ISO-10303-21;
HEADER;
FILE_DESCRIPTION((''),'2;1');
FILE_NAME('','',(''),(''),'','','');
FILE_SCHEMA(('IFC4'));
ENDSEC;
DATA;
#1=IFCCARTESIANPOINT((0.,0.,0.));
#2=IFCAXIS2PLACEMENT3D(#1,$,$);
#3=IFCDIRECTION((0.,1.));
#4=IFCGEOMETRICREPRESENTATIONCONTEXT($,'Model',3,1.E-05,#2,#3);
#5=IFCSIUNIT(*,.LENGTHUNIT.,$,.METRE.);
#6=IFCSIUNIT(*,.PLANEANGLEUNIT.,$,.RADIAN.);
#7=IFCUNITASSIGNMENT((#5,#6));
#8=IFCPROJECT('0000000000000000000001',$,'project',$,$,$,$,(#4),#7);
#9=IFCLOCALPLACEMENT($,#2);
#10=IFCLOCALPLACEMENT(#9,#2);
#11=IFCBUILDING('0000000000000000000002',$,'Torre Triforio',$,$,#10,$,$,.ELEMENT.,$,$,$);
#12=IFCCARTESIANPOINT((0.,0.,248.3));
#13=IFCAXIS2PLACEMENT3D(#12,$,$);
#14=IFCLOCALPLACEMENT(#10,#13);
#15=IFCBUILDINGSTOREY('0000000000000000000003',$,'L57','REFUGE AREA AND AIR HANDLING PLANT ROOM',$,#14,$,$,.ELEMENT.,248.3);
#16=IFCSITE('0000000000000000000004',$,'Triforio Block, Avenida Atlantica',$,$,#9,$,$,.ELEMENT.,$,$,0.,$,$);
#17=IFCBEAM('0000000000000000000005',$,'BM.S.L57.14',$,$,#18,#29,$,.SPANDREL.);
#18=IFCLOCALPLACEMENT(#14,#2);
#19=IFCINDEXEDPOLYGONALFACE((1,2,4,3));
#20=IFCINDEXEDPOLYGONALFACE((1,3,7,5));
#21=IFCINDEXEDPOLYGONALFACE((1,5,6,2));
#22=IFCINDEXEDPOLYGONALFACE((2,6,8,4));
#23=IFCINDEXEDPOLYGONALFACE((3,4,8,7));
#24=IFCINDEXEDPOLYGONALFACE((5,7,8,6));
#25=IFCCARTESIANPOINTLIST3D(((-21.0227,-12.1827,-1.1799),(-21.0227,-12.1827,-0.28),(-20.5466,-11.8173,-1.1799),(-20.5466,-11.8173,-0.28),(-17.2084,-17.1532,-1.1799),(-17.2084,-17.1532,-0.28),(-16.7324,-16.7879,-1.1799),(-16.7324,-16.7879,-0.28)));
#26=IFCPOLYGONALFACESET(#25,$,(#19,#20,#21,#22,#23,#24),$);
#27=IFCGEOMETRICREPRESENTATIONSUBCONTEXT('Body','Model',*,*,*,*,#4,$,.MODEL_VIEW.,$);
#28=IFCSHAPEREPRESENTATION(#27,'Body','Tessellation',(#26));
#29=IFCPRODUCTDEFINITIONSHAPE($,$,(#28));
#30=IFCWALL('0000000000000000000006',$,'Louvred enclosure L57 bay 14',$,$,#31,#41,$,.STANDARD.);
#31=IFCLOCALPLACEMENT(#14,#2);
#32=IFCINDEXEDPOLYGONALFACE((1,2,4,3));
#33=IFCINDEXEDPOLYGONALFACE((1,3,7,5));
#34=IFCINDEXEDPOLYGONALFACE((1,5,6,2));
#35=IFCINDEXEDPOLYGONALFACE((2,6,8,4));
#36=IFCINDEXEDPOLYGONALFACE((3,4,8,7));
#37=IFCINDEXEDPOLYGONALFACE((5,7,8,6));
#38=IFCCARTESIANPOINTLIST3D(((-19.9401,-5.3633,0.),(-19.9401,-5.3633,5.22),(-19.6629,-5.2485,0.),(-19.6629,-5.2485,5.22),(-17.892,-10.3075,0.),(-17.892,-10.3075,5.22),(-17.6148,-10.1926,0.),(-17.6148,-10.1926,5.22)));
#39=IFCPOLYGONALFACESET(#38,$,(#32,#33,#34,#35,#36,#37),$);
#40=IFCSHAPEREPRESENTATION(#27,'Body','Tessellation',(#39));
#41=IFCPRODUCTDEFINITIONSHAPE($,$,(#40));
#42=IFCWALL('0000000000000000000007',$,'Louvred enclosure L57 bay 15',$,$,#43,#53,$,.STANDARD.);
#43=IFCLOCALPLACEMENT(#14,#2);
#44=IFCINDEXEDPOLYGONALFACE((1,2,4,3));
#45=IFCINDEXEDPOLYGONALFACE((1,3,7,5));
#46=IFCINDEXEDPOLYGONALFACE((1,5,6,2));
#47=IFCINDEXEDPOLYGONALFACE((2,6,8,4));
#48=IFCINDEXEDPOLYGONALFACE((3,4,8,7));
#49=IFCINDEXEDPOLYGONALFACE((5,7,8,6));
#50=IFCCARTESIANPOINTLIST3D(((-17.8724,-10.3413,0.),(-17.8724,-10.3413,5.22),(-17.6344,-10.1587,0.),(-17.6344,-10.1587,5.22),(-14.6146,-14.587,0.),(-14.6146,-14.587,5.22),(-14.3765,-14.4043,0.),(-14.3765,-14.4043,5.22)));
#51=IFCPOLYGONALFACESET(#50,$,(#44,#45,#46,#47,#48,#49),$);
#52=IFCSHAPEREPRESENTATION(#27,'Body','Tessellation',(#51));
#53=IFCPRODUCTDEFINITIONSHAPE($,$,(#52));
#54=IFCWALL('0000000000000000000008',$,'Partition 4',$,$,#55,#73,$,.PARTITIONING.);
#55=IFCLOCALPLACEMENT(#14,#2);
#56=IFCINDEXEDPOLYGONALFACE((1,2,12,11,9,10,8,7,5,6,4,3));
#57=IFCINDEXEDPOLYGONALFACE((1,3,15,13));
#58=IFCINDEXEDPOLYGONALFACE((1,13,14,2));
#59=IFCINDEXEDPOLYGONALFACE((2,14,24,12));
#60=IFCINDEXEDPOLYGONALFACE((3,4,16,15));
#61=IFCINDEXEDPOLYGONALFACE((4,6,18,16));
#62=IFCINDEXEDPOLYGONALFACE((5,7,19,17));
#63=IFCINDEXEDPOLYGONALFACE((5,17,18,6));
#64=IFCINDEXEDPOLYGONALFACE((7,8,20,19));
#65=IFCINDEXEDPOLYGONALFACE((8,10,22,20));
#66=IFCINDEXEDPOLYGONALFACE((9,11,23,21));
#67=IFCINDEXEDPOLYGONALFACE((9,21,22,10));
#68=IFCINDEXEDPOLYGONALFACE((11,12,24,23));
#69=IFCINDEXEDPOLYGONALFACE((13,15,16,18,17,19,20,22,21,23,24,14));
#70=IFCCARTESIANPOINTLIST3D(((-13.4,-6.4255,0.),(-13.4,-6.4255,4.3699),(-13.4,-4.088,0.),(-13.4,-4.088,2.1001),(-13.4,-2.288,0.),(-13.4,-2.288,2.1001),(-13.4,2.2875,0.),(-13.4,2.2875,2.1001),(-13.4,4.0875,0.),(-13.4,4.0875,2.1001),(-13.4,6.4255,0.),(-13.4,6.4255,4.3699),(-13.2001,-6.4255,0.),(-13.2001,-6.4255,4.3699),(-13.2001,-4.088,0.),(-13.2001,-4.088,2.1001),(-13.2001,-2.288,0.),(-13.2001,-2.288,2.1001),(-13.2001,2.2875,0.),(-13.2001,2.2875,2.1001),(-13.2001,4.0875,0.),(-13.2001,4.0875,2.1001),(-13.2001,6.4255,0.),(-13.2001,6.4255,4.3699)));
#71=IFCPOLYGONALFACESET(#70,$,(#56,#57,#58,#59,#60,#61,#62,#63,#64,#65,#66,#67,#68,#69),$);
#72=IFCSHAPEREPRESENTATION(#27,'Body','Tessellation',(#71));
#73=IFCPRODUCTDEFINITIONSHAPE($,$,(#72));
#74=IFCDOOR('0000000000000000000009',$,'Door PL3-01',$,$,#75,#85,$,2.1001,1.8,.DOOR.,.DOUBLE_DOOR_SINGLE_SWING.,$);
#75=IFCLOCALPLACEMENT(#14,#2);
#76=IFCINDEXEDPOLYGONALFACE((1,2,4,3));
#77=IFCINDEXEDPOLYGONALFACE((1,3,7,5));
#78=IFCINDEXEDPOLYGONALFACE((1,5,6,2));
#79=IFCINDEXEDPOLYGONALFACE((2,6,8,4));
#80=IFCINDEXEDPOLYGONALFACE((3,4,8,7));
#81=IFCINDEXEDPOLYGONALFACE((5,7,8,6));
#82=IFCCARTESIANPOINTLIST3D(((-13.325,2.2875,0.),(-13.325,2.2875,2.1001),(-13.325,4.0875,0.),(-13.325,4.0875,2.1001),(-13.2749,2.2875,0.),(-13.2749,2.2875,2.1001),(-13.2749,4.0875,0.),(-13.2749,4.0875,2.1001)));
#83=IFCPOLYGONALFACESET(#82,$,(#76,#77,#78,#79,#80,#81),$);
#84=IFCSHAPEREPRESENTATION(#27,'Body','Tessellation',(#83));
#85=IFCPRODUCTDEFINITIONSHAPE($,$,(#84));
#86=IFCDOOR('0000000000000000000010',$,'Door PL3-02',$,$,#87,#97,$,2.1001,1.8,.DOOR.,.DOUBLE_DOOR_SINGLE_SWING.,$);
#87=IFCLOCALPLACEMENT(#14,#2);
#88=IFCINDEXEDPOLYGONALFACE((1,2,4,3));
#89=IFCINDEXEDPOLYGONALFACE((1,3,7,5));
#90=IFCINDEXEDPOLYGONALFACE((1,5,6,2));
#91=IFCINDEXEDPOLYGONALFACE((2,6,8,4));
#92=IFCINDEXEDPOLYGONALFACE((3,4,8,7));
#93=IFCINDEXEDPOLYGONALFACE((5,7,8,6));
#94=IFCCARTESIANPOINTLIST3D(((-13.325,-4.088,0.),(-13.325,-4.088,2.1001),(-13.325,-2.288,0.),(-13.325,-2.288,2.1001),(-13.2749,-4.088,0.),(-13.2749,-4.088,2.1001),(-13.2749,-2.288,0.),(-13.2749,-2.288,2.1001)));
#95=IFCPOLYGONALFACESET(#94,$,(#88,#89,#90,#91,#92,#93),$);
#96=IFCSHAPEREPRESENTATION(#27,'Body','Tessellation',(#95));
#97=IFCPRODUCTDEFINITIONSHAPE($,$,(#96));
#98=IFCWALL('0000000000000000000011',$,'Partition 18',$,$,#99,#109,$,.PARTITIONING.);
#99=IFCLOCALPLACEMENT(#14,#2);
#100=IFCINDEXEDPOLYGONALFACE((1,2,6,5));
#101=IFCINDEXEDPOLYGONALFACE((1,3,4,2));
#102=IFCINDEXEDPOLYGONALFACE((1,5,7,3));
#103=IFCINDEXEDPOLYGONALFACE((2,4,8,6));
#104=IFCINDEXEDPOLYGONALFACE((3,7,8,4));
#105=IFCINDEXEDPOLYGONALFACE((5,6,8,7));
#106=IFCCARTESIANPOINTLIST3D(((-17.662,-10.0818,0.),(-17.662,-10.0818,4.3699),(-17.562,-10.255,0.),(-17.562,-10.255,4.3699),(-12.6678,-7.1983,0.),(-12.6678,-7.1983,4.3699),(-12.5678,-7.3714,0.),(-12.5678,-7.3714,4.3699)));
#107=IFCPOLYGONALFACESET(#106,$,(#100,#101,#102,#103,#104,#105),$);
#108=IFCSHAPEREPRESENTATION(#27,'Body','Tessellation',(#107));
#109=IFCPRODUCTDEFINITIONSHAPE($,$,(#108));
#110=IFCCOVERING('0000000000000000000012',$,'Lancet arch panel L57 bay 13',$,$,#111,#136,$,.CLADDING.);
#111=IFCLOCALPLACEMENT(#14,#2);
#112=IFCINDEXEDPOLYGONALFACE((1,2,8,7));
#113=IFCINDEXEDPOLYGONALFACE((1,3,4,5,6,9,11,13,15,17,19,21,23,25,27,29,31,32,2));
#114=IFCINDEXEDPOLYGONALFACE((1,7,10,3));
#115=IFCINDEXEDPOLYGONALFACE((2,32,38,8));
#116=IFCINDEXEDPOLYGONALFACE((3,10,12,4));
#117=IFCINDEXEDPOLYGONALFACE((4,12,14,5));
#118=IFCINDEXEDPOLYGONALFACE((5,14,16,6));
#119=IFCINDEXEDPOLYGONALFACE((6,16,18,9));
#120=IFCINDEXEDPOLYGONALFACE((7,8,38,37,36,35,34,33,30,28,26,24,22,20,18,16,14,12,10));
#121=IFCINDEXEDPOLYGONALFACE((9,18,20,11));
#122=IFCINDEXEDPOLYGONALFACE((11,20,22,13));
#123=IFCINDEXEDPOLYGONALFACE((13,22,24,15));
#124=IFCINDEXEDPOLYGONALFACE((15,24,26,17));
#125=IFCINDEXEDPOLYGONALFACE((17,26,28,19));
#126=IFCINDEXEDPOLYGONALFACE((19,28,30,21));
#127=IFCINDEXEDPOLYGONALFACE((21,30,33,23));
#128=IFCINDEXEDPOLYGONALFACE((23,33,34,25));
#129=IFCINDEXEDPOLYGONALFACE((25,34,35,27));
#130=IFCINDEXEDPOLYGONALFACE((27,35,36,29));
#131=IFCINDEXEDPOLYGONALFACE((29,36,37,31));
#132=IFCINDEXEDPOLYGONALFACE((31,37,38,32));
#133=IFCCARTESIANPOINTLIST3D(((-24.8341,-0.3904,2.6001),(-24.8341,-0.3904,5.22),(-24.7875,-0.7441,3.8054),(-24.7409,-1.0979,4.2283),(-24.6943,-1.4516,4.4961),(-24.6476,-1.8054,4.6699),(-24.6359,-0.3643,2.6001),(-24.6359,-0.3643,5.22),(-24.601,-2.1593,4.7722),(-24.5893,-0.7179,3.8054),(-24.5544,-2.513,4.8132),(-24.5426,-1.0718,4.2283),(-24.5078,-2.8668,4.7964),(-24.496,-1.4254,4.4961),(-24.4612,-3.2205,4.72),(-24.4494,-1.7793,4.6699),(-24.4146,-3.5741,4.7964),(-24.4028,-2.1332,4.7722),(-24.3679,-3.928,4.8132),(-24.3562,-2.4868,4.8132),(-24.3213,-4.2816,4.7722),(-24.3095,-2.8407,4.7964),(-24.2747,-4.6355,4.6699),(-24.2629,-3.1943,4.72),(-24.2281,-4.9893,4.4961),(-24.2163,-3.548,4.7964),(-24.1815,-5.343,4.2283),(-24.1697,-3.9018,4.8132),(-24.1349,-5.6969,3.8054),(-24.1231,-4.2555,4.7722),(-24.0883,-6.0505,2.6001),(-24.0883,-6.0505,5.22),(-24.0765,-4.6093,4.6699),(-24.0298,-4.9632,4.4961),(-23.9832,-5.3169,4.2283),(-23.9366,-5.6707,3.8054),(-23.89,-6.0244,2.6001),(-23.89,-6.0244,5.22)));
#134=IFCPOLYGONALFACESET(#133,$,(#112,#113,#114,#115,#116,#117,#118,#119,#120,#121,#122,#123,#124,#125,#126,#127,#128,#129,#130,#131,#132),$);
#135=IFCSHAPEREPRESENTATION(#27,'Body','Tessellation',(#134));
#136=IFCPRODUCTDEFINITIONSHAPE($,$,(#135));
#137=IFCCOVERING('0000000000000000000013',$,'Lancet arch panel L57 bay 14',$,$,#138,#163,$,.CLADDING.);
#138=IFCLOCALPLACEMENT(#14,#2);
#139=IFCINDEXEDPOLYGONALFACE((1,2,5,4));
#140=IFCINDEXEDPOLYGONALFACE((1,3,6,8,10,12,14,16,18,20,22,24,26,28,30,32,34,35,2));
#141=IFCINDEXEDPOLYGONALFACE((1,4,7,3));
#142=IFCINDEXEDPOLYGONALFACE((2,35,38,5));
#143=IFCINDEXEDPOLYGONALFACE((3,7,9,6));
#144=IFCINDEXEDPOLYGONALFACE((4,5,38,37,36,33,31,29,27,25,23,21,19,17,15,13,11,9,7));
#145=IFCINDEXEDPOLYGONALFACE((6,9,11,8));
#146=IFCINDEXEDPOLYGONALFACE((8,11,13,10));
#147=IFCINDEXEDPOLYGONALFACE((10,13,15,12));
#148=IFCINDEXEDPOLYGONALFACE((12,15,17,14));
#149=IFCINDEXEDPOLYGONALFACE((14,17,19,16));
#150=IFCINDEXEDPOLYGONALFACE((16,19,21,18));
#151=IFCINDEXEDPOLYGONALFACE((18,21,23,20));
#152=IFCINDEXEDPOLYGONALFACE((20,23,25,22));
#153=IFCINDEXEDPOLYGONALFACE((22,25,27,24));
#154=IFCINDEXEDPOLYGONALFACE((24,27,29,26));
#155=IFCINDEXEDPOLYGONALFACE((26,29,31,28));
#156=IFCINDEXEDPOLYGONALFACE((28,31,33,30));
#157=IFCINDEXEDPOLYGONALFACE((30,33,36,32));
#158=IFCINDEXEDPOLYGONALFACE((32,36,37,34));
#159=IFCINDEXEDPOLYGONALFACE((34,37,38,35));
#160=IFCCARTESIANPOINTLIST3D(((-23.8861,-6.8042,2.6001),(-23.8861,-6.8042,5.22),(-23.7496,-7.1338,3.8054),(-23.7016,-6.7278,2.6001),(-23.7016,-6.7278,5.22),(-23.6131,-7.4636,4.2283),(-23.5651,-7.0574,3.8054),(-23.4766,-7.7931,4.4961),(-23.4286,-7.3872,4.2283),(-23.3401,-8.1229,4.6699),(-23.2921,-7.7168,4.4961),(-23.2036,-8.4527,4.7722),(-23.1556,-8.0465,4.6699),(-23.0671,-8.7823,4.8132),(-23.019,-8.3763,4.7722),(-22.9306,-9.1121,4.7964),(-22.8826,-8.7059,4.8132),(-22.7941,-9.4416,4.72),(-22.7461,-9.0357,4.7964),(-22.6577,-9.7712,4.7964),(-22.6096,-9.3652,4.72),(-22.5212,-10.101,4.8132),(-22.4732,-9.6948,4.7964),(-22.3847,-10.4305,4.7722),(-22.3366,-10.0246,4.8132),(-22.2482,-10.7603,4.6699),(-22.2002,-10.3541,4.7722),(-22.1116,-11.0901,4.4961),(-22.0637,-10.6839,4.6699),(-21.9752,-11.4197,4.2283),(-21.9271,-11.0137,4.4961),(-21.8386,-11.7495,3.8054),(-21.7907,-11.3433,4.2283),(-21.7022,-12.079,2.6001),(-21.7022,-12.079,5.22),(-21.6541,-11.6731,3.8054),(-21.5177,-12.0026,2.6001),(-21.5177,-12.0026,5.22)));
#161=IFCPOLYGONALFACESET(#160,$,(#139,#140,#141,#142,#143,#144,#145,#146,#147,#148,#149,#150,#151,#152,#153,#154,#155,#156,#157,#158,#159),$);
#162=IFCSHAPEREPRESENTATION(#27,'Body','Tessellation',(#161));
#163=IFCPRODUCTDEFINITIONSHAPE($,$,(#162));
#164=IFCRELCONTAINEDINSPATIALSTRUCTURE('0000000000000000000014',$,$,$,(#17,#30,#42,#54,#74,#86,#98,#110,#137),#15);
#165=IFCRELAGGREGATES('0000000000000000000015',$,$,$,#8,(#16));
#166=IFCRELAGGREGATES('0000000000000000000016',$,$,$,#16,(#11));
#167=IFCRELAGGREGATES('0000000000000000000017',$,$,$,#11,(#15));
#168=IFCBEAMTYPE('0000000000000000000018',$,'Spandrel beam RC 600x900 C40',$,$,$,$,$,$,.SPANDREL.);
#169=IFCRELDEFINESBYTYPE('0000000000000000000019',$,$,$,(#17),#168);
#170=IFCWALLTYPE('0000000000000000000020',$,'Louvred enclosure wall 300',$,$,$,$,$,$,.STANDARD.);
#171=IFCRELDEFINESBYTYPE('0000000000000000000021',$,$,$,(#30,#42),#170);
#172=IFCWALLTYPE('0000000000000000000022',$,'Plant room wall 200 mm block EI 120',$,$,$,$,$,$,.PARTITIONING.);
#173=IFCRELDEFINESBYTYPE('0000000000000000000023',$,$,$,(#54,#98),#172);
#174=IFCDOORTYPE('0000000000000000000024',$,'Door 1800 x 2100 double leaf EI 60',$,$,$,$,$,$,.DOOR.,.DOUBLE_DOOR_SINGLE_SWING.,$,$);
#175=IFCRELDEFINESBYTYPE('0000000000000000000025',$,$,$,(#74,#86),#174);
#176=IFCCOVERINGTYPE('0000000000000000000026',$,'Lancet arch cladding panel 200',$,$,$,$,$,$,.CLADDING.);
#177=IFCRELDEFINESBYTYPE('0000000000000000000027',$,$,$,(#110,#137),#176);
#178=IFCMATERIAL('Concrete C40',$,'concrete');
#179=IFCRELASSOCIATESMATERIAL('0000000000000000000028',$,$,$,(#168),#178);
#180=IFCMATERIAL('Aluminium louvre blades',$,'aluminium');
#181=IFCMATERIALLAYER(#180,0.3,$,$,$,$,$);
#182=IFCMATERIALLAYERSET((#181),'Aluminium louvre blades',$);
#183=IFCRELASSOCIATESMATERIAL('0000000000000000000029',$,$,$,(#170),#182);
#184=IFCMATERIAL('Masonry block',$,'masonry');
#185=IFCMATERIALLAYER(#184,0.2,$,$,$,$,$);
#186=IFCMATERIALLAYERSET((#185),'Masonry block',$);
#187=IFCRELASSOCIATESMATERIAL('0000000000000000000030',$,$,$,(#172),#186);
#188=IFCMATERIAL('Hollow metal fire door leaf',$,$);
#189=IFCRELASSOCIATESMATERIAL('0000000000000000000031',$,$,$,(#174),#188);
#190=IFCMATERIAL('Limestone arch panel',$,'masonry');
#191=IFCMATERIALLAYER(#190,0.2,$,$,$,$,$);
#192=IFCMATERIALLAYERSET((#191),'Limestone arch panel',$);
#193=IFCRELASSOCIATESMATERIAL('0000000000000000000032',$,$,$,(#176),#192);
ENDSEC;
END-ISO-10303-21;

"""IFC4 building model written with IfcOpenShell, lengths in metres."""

from ifc_helpers import new_model, si_unit, direction, frame, frame_2d, origin, origin_2d, place, context, subcontext, project, spatial, polyline, rectangle, outline, extrude, material, layer, layer_set, material_profile, profile_set, type_object, element, fill, save


model = new_model("IFC4")

# Units and contexts
model_context = context("Model", 3, precision=1e-05, world=origin(), true_north=direction((0.0, 1.0)))
body_context = subcontext(model_context, "Body", "Model", "MODEL_VIEW")
ifc_project = project(units=[si_unit("LENGTHUNIT", "METRE"), si_unit("PLANEANGLEUNIT", "RADIAN")], contexts=[model_context])

# Site, building, storey
site_placement = place(None, origin())
site = spatial("IfcSite", under=ifc_project, at=site_placement, Name="Triforio Block, Avenida Atlantica", CompositionType="ELEMENT", RefElevation=0.0)
building_placement = place(site_placement, origin())
building = spatial("IfcBuilding", under=site, at=building_placement, Name="Torre Triforio", CompositionType="ELEMENT")
storey_placement = place(building_placement, frame((0.0, 0.0, 248.3)))
storey = spatial("IfcBuildingStorey", under=building, at=storey_placement, Name="L57", Description="REFUGE AREA AND AIR HANDLING PLANT ROOM", CompositionType="ELEMENT", Elevation=248.3)

# Beam
ifc_material_1 = material(Name="Concrete C40", Category="concrete")
ifc_material_profile_1 = material_profile(ifc_material_1, rectangle(XDim=0.6001, YDim=0.8999, at=origin_2d()), Name="RC 600x900")
ifc_profile_set_1 = profile_set([ifc_material_profile_1], Name="Concrete C40")
beam_type = type_object("IfcBeamType", Name="Spandrel beam RC 600x900 C40", PredefinedType="SPANDREL", material=ifc_profile_set_1)
beam_1_placement = place(storey_placement, frame((-20.7847, -12.0, -0.73), z_axis=(0.608786, -0.793335, 0.0), x_axis=(0.793335, 0.608786, 0.0)))
element("IfcBeam", 1, at=beam_1_placement, inside=storey, type_object=beam_type, Name="BM.S.L57.14", PredefinedType="SPANDREL", context=body_context, shape_type="SweptSolid", body=[
    extrude(rectangle(XDim=0.6001, YDim=0.8999, at=origin_2d()), origin(), (0.0, 0.0, 1.0), 6.2654),
])

# Walls
ifc_material_2 = material(Name="Aluminium louvre blades", Category="aluminium")
ifc_layer_1 = layer(ifc_material_2, 0.3)
ifc_layer_set_1 = layer_set([ifc_layer_1], Name="Aluminium louvre blades")
wall_type_1 = type_object("IfcWallType", Name="Louvred enclosure wall 300", PredefinedType="STANDARD", material=ifc_layer_set_1)
for number, where, z_axis, x_axis, name in (
    (2, (-19.8015, -5.3059, 0.0), (0.0, 0.0, 1.0), (0.382713, -0.923867, 0.0), "Louvred enclosure L57 bay 14"),
    (3, (-17.7534, -10.25, 0.0), (0.0, 0.0, 1.0), (0.608767, -0.793349, 0.0), "Louvred enclosure L57 bay 15"),
):
    element("IfcWall", number, at=place(storey_placement, frame(where, z_axis=z_axis, x_axis=x_axis)), inside=storey, type_object=wall_type_1, Name=name, PredefinedType="STANDARD", context=body_context, shape_type="SweptSolid", body=[
        extrude(rectangle(XDim=5.3516, YDim=0.3, at=frame_2d((2.6758, 0.0))), origin(), (0.0, 0.0, 1.0), 5.22),
    ])

# Wall, openings, doors
ifc_material_3 = material(Name="Masonry block", Category="masonry")
ifc_layer_2 = layer(ifc_material_3, 0.2)
ifc_layer_set_2 = layer_set([ifc_layer_2], Name="Masonry block")
wall_type_2 = type_object("IfcWallType", Name="Plant room wall 200 mm block EI 120", PredefinedType="PARTITIONING", material=ifc_layer_set_2)
wall_1_placement = place(storey_placement, frame((-13.3, -6.4255, 0.0), z_axis=(0.0, 0.0, 1.0), x_axis=(0.0, 1.0, 0.0)))
wall_1 = element("IfcWall", 4, at=wall_1_placement, inside=storey, type_object=wall_type_2, Name="Partition 4", PredefinedType="PARTITIONING", context=body_context, shape_type="SweptSolid", body=[
    extrude(rectangle(XDim=12.8511, YDim=0.2, at=frame_2d((6.4255, 0.0))), origin(), (0.0, 0.0, 1.0), 4.3699),
])
opening_1_placement = place(wall_1_placement, frame((8.7131, 0.0, 0.0)))
opening_1 = element("IfcOpeningElement", 5, at=opening_1_placement, cuts=wall_1, PredefinedType="OPENING", context=body_context, shape_type="SweptSolid", body=[
    extrude(rectangle(XDim=1.8, YDim=2.1001, at=frame_2d((0.8999, 1.05))), frame((0.0, 0.1099, 0.0), z_axis=(0.0, -1.0, 0.0), x_axis=(1.0, 0.0, 0.0)), (0.0, 0.0, 1.0), 0.22),
])
opening_2_placement = place(wall_1_placement, frame((2.3376, 0.0, 0.0)))
opening_2 = element("IfcOpeningElement", 6, at=opening_2_placement, cuts=wall_1, PredefinedType="OPENING", context=body_context, shape_type="SweptSolid", body=[
    extrude(rectangle(XDim=1.8, YDim=2.1001, at=frame_2d((0.8999, 1.05))), frame((0.0, 0.1099, 0.0), z_axis=(0.0, -1.0, 0.0), x_axis=(1.0, 0.0, 0.0)), (0.0, 0.0, 1.0), 0.22),
])
ifc_material_4 = material(Name="Hollow metal fire door leaf")
door_type = type_object("IfcDoorType", Name="Door 1800 x 2100 double leaf EI 60", OperationType="DOUBLE_DOOR_SINGLE_SWING", PredefinedType="DOOR", material=ifc_material_4)
door_1_placement = place(opening_1_placement, origin())
door_1 = element("IfcDoor", 7, at=door_1_placement, inside=storey, type_object=door_type, Name="Door PL3-01", OperationType="DOUBLE_DOOR_SINGLE_SWING", OverallHeight=2.1001, OverallWidth=1.8, PredefinedType="DOOR", context=body_context, shape_type="SweptSolid", body=[
    extrude(rectangle(XDim=1.8, YDim=2.1001, at=frame_2d((0.8999, 1.05))), frame((0.0, 0.0249, 0.0), z_axis=(0.0, -1.0, 0.0), x_axis=(1.0, 0.0, 0.0)), (0.0, 0.0, 1.0), 0.05),
])
fill(opening_1, door_1)
door_2_placement = place(opening_2_placement, origin())
door_2 = element("IfcDoor", 8, at=door_2_placement, inside=storey, type_object=door_type, Name="Door PL3-02", OperationType="DOUBLE_DOOR_SINGLE_SWING", OverallHeight=2.1001, OverallWidth=1.8, PredefinedType="DOOR", context=body_context, shape_type="SweptSolid", body=[
    extrude(rectangle(XDim=1.8, YDim=2.1001, at=frame_2d((0.8999, 1.05))), frame((0.0, 0.0249, 0.0), z_axis=(0.0, -1.0, 0.0), x_axis=(1.0, 0.0, 0.0)), (0.0, 0.0, 1.0), 0.05),
])
fill(opening_2, door_2)

# Wall
wall_2_placement = place(storey_placement, frame((-12.6179, -7.2849, 0.0), z_axis=(0.0, 0.0, 1.0), x_axis=(-0.866012, -0.500023, 0.0)))
element("IfcWall", 9, at=wall_2_placement, inside=storey, type_object=wall_type_2, Name="Partition 18", PredefinedType="PARTITIONING", context=body_context, shape_type="SweptSolid", body=[
    extrude(rectangle(XDim=5.7668, YDim=0.2, at=frame_2d((2.8833, 0.0))), origin(), (0.0, 0.0, 1.0), 4.3699),
])

# Coverings
ifc_material_5 = material(Name="Limestone arch panel", Category="masonry")
ifc_layer_3 = layer(ifc_material_5, 0.2)
ifc_layer_set_3 = layer_set([ifc_layer_3], Name="Limestone arch panel")
covering_type_1 = type_object("IfcCoveringType", Name="Lancet arch cladding panel 200", PredefinedType="CLADDING", material=ifc_layer_set_3)
covering_1_placement = place(storey_placement, frame((-24.2629, -3.1943, 0.0), z_axis=(-0.991429, -0.130644, 0.0), x_axis=(0.130644, -0.991429, 0.0)))
element("IfcCovering", 10, at=covering_1_placement, inside=storey, type_object=covering_type_1, Name="Lancet arch panel L57 bay 13", PredefinedType="CLADDING", context=body_context, shape_type="SweptSolid", body=[
    extrude(outline(polyline([(-2.8545, 5.22), (-2.8545, 2.6001), (-2.4978, 3.8054), (-2.1409, 4.2283), (-1.7842, 4.4961), (-1.4272, 4.6699), (-1.0703, 4.7722), (-0.7136, 4.8132), (-0.3567, 4.7964), (0.0, 4.72), (0.3567, 4.7964), (0.7136, 4.8132), (1.0703, 4.7722), (1.4272, 4.6699), (1.7842, 4.4961), (2.1409, 4.2283), (2.4978, 3.8054), (2.8545, 2.6001), (2.8545, 5.22), (-2.8545, 5.22)])), origin(), (0.0, 0.0, 1.0), 0.2),
])
covering_2_placement = place(storey_placement, frame((-22.6096, -9.3652, 0.0), z_axis=(-0.923942, -0.382532, 0.0), x_axis=(0.382532, -0.923942, 0.0)))
element("IfcCovering", 11, at=covering_2_placement, inside=storey, type_object=covering_type_1, Name="Lancet arch panel L57 bay 14", PredefinedType="CLADDING", context=body_context, shape_type="SweptSolid", body=[
    extrude(outline(polyline([(-2.8545, 5.22), (-2.8545, 2.6001), (-2.4978, 3.8054), (-2.1409, 4.2283), (-1.7842, 4.4961), (-1.4272, 4.6699), (-1.0703, 4.7722), (-0.7136, 4.8132), (-0.3567, 4.7964), (0.0, 4.72), (0.3567, 4.7964), (0.7136, 4.8132), (1.0703, 4.7722), (1.4272, 4.6699), (1.7842, 4.4961), (2.1409, 4.2283), (2.4978, 3.8054), (2.8545, 2.6001), (2.8545, 5.22), (-2.8545, 5.22)])), origin(), (0.0, 0.0, 1.0), 0.1997),
])

save(model, "model.ifc")
